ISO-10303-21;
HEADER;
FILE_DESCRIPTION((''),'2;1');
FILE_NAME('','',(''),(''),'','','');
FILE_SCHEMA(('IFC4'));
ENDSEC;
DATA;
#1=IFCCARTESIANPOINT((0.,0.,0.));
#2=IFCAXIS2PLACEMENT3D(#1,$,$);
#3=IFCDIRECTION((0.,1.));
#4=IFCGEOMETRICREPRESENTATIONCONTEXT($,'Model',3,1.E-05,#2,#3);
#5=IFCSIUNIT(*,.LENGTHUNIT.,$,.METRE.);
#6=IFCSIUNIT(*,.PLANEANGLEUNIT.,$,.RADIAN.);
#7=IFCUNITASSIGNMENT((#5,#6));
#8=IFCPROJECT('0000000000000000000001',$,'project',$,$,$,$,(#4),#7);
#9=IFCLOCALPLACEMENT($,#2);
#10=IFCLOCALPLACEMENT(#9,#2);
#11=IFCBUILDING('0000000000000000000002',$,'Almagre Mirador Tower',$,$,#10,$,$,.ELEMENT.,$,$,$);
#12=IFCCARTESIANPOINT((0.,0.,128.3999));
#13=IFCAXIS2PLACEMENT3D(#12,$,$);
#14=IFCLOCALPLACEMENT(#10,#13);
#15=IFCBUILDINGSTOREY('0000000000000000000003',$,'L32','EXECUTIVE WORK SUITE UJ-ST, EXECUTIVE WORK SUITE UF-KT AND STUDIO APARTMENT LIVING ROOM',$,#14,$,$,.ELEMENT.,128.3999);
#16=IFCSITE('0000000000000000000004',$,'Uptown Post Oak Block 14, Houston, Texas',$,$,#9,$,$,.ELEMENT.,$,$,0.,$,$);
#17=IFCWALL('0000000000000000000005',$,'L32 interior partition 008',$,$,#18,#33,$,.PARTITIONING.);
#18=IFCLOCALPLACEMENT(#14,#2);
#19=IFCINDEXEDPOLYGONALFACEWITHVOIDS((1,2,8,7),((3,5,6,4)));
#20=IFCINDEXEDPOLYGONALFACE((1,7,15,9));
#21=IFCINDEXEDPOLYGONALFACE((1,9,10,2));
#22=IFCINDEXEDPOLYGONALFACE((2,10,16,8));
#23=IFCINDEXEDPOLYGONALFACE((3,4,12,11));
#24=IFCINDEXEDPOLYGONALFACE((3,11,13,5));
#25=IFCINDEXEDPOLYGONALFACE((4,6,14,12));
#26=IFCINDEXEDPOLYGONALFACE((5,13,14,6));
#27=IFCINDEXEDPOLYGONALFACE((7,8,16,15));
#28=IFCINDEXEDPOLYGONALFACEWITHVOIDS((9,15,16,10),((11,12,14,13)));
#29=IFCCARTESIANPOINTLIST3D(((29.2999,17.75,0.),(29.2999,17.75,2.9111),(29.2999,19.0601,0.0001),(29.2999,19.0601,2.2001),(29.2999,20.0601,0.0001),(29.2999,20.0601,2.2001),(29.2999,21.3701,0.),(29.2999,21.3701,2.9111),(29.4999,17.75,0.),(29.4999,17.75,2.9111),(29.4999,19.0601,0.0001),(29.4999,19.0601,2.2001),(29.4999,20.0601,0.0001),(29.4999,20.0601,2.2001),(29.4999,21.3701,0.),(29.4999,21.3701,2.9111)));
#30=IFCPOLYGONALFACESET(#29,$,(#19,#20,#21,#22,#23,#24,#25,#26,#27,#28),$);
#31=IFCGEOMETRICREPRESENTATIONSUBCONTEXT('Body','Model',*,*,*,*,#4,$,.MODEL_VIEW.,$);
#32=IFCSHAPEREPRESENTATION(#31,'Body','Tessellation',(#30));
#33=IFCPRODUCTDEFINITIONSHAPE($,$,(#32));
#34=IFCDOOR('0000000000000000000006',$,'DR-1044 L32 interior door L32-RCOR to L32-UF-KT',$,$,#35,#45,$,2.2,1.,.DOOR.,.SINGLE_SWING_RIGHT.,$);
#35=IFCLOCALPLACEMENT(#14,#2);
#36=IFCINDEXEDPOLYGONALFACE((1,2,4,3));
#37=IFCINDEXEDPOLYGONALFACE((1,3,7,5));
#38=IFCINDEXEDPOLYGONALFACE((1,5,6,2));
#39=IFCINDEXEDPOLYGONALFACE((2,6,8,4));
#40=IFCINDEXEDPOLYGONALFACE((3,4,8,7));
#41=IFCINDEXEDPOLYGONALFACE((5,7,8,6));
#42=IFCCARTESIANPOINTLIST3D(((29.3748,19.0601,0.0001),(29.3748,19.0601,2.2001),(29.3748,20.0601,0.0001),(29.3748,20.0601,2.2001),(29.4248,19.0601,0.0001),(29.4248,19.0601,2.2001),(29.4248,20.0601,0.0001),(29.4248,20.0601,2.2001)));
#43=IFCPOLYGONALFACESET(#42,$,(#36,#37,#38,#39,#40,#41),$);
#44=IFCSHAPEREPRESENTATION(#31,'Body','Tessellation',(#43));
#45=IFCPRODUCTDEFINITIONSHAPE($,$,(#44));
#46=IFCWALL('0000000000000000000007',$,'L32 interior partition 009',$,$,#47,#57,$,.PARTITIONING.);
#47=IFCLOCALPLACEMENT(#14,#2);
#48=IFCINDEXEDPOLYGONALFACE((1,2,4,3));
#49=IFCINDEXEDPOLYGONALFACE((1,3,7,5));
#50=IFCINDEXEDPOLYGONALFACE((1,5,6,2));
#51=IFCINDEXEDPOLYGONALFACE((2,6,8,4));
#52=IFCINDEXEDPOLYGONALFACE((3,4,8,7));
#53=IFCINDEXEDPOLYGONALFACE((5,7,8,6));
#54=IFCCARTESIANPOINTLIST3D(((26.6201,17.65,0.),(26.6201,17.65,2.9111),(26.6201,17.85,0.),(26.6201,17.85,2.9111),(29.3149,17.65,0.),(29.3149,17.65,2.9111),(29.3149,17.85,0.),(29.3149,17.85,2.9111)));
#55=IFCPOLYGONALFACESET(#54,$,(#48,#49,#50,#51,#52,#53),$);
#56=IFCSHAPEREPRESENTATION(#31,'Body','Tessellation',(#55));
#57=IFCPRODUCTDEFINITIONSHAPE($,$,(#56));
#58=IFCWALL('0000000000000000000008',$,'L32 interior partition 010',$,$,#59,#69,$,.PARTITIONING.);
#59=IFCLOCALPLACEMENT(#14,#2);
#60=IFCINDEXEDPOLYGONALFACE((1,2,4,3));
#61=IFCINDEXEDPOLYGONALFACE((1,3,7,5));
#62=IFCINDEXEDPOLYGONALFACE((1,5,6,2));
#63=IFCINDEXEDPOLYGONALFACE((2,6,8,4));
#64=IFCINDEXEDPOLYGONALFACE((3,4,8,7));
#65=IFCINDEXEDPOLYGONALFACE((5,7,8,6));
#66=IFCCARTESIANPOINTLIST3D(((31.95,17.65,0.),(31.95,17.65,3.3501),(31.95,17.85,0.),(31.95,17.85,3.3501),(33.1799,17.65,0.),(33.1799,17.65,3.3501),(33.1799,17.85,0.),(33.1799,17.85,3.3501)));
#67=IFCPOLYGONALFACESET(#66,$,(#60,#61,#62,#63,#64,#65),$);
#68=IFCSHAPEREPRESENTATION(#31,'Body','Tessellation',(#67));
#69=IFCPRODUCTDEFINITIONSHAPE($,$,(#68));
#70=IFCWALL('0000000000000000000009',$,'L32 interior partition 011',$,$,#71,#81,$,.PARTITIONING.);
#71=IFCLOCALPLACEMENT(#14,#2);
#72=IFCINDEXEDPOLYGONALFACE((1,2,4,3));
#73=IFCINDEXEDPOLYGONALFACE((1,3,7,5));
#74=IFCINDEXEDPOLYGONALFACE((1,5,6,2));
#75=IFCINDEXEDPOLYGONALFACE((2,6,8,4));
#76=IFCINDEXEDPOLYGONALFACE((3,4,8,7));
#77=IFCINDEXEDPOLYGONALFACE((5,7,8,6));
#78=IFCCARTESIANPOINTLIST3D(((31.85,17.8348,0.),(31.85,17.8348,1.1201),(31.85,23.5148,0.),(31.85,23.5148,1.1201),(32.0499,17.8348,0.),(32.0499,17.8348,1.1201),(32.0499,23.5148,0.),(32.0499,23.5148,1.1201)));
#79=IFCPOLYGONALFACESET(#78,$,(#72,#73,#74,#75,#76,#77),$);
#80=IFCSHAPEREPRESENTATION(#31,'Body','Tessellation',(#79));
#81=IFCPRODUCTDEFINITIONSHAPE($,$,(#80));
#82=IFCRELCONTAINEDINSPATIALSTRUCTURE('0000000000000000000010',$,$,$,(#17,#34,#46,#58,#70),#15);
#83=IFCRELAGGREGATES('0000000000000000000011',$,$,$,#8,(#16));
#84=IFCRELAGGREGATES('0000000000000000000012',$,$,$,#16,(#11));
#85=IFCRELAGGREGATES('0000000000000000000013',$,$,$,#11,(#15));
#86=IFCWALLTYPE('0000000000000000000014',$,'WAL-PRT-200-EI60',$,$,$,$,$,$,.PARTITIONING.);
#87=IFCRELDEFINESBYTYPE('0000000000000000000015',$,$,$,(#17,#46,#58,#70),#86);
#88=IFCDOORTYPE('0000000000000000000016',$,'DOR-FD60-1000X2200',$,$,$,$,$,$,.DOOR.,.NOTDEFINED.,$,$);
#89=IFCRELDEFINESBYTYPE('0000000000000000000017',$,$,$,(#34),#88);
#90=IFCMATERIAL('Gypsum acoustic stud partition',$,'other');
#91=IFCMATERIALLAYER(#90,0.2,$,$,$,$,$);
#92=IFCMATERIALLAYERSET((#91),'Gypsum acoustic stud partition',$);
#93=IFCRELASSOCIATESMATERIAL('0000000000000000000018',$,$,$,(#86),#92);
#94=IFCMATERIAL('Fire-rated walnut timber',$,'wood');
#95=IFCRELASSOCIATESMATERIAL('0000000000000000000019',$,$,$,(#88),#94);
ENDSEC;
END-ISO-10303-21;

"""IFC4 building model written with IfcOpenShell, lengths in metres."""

from ifc_helpers import new_model, si_unit, direction, frame, frame_2d, origin, place, context, subcontext, project, spatial, rectangle, extrude, material, layer, layer_set, type_object, element, fill, save


model = new_model("IFC4")

# Units and contexts
model_context = context("Model", 3, precision=1e-05, world=origin(), true_north=direction((0.0, 1.0)))
body_context = subcontext(model_context, "Body", "Model", "MODEL_VIEW")
ifc_project = project(units=[si_unit("LENGTHUNIT", "METRE"), si_unit("PLANEANGLEUNIT", "RADIAN")], contexts=[model_context])

# Site, building, storey
site_placement = place(None, origin())
site = spatial("IfcSite", under=ifc_project, at=site_placement, Name="Uptown Post Oak Block 14, Houston, Texas", CompositionType="ELEMENT", RefElevation=0.0)
building_placement = place(site_placement, origin())
building = spatial("IfcBuilding", under=site, at=building_placement, Name="Almagre Mirador Tower", CompositionType="ELEMENT")
storey_placement = place(building_placement, frame((0.0, 0.0, 128.3999)))
storey = spatial("IfcBuildingStorey", under=building, at=storey_placement, Name="L32", Description="EXECUTIVE WORK SUITE UJ-ST, EXECUTIVE WORK SUITE UF-KT AND STUDIO APARTMENT LIVING ROOM", CompositionType="ELEMENT", Elevation=128.3999)

# Shared definitions
ifc_material_1 = material(Name="Gypsum acoustic stud partition", Category="other")
ifc_layer_1 = layer(ifc_material_1, 0.2)
ifc_layer_set_1 = layer_set([ifc_layer_1], Name="Gypsum acoustic stud partition")
wall_type_1 = type_object("IfcWallType", Name="WAL-PRT-200-EI60", PredefinedType="PARTITIONING", material=ifc_layer_set_1)

# Wall, opening, door
wall_1_placement = place(storey_placement, frame((29.3999, 21.3701, 0.0), z_axis=(0.0, 0.0, 1.0), x_axis=(0.0, -1.0, 0.0)))
wall_1 = element("IfcWall", 1, at=wall_1_placement, inside=storey, type_object=wall_type_1, Name="L32 interior partition 008", PredefinedType="PARTITIONING", context=body_context, shape_type="SweptSolid", body=[
    extrude(rectangle(XDim=3.6201, YDim=0.2, at=frame_2d((1.8101, 0.0))), origin(), (0.0, 0.0, 1.0), 2.9111),
])
opening_1_placement = place(wall_1_placement, frame((1.3101, 0.0, 0.0)))
opening_1 = element("IfcOpeningElement", 2, at=opening_1_placement, cuts=wall_1, PredefinedType="OPENING", context=body_context, shape_type="SweptSolid", body=[
    extrude(rectangle(XDim=1.0, YDim=2.2, at=frame_2d((0.5, 1.1001))), frame((0.0, 0.1101, 0.0), z_axis=(0.0, -1.0, 0.0), x_axis=(1.0, 0.0, 0.0)), (0.0, 0.0, 1.0), 0.22),
])
ifc_material_2 = material(Name="Fire-rated walnut timber", Category="wood")
door_type_1 = type_object("IfcDoorType", Name="DOR-FD60-1000X2200", OperationType="NOTDEFINED", PredefinedType="DOOR", material=ifc_material_2)
door_1_placement = place(opening_1_placement, origin())
door_1 = element("IfcDoor", 3, at=door_1_placement, inside=storey, type_object=door_type_1, Name="DR-1044 L32 interior door L32-RCOR to L32-UF-KT", OperationType="SINGLE_SWING_RIGHT", OverallHeight=2.2, OverallWidth=1.0, PredefinedType="DOOR", context=body_context, shape_type="SweptSolid", body=[
    extrude(rectangle(XDim=1.0, YDim=2.2, at=frame_2d((0.5, 1.1001))), frame((0.0, 0.0249, 0.0), z_axis=(0.0, -1.0, 0.0), x_axis=(1.0, 0.0, 0.0)), (0.0, 0.0, 1.0), 0.05),
])
fill(opening_1, door_1)

# Walls
wall_2_placement = place(storey_placement, frame((29.3149, 17.75, 0.0), z_axis=(0.0, 0.0, 1.0), x_axis=(-1.0, 0.0, 0.0)))
element("IfcWall", 4, at=wall_2_placement, inside=storey, type_object=wall_type_1, Name="L32 interior partition 009", PredefinedType="PARTITIONING", context=body_context, shape_type="SweptSolid", body=[
    extrude(rectangle(XDim=2.6948, YDim=0.2, at=frame_2d((1.3474, 0.0))), origin(), (0.0, 0.0, 1.0), 2.9111),
])
wall_3_placement = place(storey_placement, frame((33.1799, 17.75, 0.0), z_axis=(0.0, 0.0, 1.0), x_axis=(-1.0, 0.0, 0.0)))
element("IfcWall", 5, at=wall_3_placement, inside=storey, type_object=wall_type_1, Name="L32 interior partition 010", PredefinedType="PARTITIONING", context=body_context, shape_type="SweptSolid", body=[
    extrude(rectangle(XDim=1.23, YDim=0.2, at=frame_2d((0.615, 0.0))), origin(), (0.0, 0.0, 1.0), 3.3501),
])
wall_4_placement = place(storey_placement, frame((31.95, 17.835, 0.0), z_axis=(0.0, 0.0, 1.0), x_axis=(0.0, 1.0, 0.0)))
element("IfcWall", 6, at=wall_4_placement, inside=storey, type_object=wall_type_1, Name="L32 interior partition 011", PredefinedType="PARTITIONING", context=body_context, shape_type="SweptSolid", body=[
    extrude(rectangle(XDim=5.6799, YDim=0.2, at=frame_2d((2.8398, 0.0))), origin(), (0.0, 0.0, 1.0), 1.1201),
])

save(model, "model.ifc")
